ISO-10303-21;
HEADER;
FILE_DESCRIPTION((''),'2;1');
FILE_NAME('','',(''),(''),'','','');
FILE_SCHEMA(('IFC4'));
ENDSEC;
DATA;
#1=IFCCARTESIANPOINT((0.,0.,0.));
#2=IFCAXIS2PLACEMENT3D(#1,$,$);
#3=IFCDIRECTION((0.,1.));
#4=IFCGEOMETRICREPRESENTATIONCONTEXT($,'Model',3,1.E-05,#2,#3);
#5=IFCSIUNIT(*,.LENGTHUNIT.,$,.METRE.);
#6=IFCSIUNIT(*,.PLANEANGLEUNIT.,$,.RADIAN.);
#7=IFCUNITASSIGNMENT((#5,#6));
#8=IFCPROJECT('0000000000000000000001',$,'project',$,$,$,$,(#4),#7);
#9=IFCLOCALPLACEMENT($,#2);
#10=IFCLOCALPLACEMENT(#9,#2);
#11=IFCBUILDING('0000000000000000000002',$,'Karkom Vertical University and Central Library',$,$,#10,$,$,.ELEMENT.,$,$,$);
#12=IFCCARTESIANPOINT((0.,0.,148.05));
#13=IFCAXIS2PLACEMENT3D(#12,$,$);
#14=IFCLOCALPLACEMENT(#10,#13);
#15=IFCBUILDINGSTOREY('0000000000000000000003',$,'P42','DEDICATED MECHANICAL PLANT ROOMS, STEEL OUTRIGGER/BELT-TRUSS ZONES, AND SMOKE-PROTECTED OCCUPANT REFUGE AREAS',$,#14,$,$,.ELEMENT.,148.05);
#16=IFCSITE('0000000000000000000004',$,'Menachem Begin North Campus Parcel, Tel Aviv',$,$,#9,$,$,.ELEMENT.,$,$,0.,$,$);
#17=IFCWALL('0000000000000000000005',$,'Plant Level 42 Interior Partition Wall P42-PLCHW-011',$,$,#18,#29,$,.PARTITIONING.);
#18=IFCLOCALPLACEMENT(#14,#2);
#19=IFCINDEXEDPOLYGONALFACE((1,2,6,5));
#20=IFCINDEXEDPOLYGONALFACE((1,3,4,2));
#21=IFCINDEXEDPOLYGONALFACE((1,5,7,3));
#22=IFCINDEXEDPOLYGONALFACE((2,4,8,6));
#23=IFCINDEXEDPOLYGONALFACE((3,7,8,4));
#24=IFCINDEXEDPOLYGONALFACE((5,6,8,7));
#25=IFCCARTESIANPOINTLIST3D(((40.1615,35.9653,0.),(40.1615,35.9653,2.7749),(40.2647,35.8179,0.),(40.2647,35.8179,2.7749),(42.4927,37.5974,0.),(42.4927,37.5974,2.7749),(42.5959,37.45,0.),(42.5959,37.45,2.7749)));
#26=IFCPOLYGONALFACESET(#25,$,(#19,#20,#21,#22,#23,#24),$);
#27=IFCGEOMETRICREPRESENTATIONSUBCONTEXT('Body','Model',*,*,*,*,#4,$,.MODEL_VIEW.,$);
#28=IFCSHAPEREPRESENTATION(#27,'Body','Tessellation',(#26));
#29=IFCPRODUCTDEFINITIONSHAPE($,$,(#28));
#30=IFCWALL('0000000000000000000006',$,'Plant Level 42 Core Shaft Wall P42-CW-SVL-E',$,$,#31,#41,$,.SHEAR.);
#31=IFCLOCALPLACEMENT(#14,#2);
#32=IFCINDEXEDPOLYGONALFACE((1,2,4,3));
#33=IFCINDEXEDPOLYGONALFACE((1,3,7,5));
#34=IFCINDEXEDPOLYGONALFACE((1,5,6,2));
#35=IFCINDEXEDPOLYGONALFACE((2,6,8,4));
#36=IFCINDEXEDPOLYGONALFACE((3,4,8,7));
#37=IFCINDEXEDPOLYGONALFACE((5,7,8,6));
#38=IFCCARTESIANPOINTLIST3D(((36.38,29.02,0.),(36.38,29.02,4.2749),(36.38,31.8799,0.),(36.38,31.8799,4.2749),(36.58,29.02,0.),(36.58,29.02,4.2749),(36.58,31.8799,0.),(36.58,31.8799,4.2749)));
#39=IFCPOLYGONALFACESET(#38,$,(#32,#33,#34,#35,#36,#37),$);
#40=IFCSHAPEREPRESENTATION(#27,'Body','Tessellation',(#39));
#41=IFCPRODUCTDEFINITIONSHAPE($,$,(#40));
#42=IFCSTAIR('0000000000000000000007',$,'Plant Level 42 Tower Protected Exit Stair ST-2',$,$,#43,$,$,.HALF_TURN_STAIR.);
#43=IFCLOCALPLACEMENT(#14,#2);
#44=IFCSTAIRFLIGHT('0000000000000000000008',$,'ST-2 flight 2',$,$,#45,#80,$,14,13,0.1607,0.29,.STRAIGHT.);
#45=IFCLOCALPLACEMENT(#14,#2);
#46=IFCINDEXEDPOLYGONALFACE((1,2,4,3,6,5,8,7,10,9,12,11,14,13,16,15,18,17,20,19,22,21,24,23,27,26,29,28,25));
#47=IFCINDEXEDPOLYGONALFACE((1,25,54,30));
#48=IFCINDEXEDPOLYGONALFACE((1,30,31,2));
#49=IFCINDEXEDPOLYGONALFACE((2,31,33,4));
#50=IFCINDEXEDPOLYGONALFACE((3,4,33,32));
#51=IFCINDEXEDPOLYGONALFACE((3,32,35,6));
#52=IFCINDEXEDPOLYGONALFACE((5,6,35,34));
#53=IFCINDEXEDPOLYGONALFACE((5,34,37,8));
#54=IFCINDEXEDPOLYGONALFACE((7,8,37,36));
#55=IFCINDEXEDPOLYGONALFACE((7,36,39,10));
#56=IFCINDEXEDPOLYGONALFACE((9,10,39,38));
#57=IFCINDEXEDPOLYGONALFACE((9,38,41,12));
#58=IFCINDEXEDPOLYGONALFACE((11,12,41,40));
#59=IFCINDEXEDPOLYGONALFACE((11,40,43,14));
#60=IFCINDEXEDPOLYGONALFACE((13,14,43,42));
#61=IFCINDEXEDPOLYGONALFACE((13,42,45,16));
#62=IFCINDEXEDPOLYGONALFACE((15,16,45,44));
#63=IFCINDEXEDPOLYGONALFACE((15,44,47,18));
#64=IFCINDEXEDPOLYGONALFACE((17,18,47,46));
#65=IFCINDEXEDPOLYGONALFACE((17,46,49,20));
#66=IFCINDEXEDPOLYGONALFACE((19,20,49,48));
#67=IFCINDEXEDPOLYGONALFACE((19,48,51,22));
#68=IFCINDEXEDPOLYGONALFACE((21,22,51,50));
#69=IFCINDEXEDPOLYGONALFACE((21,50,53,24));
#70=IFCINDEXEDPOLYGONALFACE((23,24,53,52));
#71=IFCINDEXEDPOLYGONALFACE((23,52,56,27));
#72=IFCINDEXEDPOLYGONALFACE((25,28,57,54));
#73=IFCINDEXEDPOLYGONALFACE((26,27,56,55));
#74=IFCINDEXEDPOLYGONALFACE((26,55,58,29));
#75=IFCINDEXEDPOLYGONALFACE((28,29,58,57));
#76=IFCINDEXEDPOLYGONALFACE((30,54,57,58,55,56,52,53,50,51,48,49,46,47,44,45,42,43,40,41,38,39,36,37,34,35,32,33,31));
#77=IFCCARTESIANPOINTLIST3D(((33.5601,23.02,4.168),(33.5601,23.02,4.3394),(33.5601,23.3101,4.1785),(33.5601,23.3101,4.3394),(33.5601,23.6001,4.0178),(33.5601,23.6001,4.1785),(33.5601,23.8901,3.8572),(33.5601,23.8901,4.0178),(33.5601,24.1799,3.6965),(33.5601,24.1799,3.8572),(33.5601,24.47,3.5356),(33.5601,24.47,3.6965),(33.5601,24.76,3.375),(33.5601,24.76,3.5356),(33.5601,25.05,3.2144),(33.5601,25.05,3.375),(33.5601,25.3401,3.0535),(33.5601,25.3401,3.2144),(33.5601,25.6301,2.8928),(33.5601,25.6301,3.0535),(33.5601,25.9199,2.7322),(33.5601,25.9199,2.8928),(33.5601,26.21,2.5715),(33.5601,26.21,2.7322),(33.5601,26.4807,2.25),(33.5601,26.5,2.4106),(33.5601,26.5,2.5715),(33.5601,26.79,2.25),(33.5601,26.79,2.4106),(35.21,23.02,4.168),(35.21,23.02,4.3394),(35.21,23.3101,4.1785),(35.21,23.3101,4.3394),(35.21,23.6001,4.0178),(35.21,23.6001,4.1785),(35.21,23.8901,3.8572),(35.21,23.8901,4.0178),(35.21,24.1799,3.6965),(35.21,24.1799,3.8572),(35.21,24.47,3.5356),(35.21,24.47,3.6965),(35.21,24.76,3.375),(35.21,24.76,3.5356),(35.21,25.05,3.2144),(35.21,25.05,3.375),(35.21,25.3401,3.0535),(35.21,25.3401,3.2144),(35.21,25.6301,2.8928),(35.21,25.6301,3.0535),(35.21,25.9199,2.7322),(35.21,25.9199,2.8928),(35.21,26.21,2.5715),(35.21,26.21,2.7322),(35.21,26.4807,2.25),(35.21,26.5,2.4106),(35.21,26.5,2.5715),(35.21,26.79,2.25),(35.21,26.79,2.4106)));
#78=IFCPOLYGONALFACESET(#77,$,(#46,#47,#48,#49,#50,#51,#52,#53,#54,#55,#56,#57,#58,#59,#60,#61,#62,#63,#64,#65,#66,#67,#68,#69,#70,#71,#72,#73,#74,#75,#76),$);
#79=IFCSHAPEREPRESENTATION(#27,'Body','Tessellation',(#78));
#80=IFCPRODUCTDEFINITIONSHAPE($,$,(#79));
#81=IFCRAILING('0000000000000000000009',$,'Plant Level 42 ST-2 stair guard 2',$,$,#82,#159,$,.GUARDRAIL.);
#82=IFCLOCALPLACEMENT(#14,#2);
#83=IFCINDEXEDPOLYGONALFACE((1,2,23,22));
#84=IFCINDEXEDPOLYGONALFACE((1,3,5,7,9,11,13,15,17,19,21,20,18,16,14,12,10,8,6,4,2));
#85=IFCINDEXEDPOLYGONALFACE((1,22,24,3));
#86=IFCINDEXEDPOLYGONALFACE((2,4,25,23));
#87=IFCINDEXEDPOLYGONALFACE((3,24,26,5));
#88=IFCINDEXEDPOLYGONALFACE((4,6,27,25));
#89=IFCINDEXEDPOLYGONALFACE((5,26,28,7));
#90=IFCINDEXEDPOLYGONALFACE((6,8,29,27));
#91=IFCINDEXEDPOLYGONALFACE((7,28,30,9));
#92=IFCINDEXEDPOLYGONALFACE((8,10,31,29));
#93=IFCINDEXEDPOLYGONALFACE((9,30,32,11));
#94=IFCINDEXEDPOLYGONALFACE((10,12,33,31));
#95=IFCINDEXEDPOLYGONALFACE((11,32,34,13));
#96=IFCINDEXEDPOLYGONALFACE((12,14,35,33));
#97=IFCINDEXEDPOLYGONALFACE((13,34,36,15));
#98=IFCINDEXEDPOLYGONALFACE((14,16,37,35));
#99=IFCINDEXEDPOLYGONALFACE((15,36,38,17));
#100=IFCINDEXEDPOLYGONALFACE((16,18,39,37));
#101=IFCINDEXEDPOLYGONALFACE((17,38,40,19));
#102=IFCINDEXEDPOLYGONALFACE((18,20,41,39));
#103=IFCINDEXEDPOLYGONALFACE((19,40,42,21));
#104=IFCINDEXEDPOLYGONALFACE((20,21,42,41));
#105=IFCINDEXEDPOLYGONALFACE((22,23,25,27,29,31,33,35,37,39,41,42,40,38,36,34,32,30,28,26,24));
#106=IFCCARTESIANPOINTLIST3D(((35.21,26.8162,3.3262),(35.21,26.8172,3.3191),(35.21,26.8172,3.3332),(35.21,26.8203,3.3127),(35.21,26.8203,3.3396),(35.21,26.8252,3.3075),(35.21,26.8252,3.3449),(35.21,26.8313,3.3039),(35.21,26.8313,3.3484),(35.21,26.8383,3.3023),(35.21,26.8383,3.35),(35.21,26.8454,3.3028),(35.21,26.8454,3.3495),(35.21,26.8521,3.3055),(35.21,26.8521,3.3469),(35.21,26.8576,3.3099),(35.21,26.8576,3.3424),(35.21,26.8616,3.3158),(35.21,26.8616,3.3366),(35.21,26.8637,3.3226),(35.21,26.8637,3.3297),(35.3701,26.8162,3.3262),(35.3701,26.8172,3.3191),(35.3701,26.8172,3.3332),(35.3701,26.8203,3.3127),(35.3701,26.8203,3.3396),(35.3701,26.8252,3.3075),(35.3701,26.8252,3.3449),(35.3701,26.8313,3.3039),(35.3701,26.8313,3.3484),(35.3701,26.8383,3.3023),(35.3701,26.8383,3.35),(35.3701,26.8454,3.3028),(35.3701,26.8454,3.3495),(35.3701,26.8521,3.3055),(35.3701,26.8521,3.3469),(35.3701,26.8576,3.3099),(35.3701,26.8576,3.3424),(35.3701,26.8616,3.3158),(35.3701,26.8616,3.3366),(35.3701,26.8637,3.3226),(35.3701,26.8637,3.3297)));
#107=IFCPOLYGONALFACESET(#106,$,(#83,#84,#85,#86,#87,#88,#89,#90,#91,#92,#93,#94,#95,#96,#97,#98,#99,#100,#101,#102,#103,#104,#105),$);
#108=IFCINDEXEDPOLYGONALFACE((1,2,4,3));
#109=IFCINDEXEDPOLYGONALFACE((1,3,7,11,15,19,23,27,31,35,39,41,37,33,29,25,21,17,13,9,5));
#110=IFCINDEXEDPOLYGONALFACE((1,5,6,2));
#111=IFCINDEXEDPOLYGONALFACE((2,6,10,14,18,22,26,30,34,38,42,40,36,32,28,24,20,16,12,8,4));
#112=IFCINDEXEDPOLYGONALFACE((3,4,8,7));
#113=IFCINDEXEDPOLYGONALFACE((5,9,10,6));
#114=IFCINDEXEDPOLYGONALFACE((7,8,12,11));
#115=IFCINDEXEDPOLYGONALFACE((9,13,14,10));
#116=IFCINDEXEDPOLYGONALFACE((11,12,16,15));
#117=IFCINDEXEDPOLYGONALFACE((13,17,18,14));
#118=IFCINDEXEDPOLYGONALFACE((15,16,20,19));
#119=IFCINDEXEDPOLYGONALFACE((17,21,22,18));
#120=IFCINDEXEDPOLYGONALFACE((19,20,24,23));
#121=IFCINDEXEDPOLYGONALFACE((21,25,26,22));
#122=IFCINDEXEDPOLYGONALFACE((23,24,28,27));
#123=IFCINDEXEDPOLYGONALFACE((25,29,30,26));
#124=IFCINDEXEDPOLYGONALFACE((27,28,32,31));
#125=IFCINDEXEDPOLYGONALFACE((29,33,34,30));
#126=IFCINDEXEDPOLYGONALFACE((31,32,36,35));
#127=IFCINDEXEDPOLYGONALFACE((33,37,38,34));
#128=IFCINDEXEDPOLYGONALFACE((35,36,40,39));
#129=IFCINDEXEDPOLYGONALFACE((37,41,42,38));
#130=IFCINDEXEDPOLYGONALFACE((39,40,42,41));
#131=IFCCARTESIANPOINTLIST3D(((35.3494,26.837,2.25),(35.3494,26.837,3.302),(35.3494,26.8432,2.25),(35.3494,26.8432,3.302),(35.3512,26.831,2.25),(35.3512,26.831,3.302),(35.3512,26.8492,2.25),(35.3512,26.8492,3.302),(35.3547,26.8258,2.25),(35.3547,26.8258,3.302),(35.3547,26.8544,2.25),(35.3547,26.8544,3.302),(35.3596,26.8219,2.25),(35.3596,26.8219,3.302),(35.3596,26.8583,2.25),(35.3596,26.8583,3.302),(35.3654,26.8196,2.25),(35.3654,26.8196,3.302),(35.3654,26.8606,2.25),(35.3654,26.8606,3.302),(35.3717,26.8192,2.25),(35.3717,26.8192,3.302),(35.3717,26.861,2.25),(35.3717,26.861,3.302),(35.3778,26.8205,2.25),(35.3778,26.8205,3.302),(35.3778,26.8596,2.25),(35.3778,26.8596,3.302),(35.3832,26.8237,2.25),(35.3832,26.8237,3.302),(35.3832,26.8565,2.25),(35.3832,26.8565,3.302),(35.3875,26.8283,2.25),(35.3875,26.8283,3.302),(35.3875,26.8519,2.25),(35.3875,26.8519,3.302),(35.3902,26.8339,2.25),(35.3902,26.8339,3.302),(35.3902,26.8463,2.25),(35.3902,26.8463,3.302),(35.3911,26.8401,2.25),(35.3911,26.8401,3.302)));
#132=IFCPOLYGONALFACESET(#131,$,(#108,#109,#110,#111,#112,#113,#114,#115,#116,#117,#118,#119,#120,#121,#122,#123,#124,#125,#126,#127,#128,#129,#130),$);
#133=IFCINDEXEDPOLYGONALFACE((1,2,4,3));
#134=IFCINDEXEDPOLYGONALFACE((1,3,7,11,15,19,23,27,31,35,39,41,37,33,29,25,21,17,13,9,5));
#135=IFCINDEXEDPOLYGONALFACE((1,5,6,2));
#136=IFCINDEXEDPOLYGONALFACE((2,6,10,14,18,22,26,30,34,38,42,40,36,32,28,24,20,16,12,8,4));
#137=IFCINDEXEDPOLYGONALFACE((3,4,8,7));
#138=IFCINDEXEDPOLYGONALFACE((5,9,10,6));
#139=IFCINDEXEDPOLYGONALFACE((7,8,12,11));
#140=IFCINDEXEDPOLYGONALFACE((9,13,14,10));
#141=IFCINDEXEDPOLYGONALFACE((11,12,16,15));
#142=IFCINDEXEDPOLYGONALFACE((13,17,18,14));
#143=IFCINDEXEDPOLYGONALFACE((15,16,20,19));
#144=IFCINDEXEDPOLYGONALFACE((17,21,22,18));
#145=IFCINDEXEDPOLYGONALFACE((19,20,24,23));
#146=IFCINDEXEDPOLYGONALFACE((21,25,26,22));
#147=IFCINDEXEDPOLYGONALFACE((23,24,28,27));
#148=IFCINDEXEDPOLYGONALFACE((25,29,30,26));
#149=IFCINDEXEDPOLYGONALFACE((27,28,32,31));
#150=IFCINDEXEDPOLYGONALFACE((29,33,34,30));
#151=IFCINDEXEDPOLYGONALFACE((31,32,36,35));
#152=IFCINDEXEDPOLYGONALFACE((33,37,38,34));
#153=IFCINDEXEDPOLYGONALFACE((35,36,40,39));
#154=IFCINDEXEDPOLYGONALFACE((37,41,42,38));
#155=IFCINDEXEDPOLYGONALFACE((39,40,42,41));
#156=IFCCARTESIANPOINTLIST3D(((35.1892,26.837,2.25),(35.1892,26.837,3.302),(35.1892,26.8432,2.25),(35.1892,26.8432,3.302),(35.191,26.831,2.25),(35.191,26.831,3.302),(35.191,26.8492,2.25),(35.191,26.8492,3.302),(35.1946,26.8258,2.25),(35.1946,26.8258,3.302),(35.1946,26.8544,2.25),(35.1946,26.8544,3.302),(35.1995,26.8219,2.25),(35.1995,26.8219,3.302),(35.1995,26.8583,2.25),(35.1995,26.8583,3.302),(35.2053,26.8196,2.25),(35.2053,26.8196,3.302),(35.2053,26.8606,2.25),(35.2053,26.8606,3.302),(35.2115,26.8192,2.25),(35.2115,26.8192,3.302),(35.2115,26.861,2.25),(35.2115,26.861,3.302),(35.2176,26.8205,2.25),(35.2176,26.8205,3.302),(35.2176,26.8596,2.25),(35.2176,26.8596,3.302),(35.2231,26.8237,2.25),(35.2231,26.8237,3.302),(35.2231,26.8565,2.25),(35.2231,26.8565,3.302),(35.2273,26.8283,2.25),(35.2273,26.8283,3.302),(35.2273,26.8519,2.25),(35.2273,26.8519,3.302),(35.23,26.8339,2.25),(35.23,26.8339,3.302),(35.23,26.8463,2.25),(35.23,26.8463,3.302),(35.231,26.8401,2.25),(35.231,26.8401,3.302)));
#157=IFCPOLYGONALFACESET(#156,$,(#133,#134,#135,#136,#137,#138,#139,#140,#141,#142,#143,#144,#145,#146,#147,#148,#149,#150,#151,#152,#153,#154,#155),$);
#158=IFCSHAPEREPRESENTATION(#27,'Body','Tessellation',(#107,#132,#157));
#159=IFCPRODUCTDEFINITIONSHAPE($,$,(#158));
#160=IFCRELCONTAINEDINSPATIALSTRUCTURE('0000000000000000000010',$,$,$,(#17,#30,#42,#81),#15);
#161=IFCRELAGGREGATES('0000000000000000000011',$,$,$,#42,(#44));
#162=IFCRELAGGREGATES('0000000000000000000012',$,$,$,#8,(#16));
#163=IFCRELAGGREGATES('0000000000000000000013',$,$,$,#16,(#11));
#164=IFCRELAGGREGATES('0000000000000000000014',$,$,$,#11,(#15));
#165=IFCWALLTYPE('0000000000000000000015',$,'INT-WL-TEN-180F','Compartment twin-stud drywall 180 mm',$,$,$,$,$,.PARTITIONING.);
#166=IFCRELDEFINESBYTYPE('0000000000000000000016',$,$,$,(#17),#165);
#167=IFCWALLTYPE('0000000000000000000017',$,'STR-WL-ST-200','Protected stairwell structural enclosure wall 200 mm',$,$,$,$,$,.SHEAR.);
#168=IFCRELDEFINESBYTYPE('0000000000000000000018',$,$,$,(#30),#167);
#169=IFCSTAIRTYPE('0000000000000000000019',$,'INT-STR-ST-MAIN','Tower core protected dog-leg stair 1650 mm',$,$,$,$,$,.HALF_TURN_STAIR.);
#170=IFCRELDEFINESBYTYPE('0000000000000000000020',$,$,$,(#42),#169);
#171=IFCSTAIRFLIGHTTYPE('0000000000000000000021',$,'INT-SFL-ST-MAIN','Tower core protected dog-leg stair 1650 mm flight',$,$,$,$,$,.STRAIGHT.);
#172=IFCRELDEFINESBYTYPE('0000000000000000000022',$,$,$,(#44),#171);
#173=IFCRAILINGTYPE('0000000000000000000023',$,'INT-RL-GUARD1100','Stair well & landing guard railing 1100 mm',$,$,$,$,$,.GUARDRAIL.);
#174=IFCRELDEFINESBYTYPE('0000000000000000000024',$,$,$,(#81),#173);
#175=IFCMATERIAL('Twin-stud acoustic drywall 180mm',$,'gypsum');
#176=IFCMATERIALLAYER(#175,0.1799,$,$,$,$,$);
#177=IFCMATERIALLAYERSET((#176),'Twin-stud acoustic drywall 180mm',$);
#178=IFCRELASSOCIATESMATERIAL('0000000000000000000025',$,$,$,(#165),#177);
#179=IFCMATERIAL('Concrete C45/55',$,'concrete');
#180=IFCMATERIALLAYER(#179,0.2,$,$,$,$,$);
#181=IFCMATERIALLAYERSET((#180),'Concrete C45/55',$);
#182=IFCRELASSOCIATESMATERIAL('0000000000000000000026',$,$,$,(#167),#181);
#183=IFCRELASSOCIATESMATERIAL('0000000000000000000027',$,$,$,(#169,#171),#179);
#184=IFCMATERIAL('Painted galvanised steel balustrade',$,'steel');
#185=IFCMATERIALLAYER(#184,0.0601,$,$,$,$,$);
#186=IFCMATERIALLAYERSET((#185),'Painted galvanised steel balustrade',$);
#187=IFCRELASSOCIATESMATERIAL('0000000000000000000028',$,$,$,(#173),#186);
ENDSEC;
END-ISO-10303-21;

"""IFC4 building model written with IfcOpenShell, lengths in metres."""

from ifc_helpers import new_model, si_unit, direction, frame, frame_2d, origin, origin_2d, place, context, subcontext, project, spatial, polyline, rectangle, circle, outline, extrude, material, layer, layer_set, type_object, element, aggregate, save


model = new_model("IFC4")

# Units and contexts
model_context = context("Model", 3, precision=1e-05, world=origin(), true_north=direction((0.0, 1.0)))
body_context = subcontext(model_context, "Body", "Model", "MODEL_VIEW")
ifc_project = project(units=[si_unit("LENGTHUNIT", "METRE"), si_unit("PLANEANGLEUNIT", "RADIAN")], contexts=[model_context])

# Site, building, storey
site_placement = place(None, origin())
site = spatial("IfcSite", under=ifc_project, at=site_placement, Name="Menachem Begin North Campus Parcel, Tel Aviv", CompositionType="ELEMENT", RefElevation=0.0)
building_placement = place(site_placement, origin())
building = spatial("IfcBuilding", under=site, at=building_placement, Name="Karkom Vertical University and Central Library", CompositionType="ELEMENT")
storey_placement = place(building_placement, frame((0.0, 0.0, 148.05)))
storey = spatial("IfcBuildingStorey", under=building, at=storey_placement, Name="P42", Description="DEDICATED MECHANICAL PLANT ROOMS, STEEL OUTRIGGER/BELT-TRUSS ZONES, AND SMOKE-PROTECTED OCCUPANT REFUGE AREAS", CompositionType="ELEMENT", Elevation=148.05)

# Wall
ifc_material_1 = material(Name="Twin-stud acoustic drywall 180mm", Category="gypsum")
ifc_layer_1 = layer(ifc_material_1, 0.1799)
ifc_layer_set_1 = layer_set([ifc_layer_1], Name="Twin-stud acoustic drywall 180mm")
wall_type_1 = type_object("IfcWallType", Name="INT-WL-TEN-180F", Description="Compartment twin-stud drywall 180 mm", PredefinedType="PARTITIONING", material=ifc_layer_set_1)
wall_1_placement = place(storey_placement, frame((40.2131, 35.8916, 0.0), z_axis=(0.0, 0.0, 1.0), x_axis=(0.819175, 0.573543, 0.0)))
element("IfcWall", 1, at=wall_1_placement, inside=storey, type_object=wall_type_1, Name="Plant Level 42 Interior Partition Wall P42-PLCHW-011", PredefinedType="PARTITIONING", context=body_context, shape_type="SweptSolid", body=[
    extrude(rectangle(XDim=2.8457, YDim=0.1799, at=frame_2d((1.4229, 0.0))), origin(), (0.0, 0.0, 1.0), 2.7749),
])

# Wall
ifc_material_2 = material(Name="Concrete C45/55", Category="concrete")
ifc_layer_2 = layer(ifc_material_2, 0.2)
ifc_layer_set_2 = layer_set([ifc_layer_2], Name="Concrete C45/55")
wall_type_2 = type_object("IfcWallType", Name="STR-WL-ST-200", Description="Protected stairwell structural enclosure wall 200 mm", PredefinedType="SHEAR", material=ifc_layer_set_2)
wall_2_placement = place(storey_placement, frame((36.48, 29.02, 0.0), z_axis=(0.0, 0.0, 1.0), x_axis=(0.0, 1.0, 0.0)))
element("IfcWall", 2, at=wall_2_placement, inside=storey, type_object=wall_type_2, Name="Plant Level 42 Core Shaft Wall P42-CW-SVL-E", PredefinedType="SHEAR", context=body_context, shape_type="SweptSolid", body=[
    extrude(rectangle(XDim=2.8599, YDim=0.2, at=frame_2d((1.4299, 0.0))), origin(), (0.0, 0.0, 1.0), 4.2749),
])

# Stair, stair flight
stair_type = type_object("IfcStairType", Name="INT-STR-ST-MAIN", Description="Tower core protected dog-leg stair 1650 mm", PredefinedType="HALF_TURN_STAIR", material=ifc_material_2)
stair_placement = place(storey_placement, origin())
stair = element("IfcStair", 3, at=stair_placement, inside=storey, type_object=stair_type, Name="Plant Level 42 Tower Protected Exit Stair ST-2", PredefinedType="HALF_TURN_STAIR")
stair_flight_type = type_object("IfcStairFlightType", Name="INT-SFL-ST-MAIN", Description="Tower core protected dog-leg stair 1650 mm flight", PredefinedType="STRAIGHT", material=ifc_material_2)
stair_flight_placement = place(storey_placement, frame((34.385, 26.79, 2.25), z_axis=(0.0, 0.0, 1.0), x_axis=(0.0, -1.0, 0.0)))
stair_flight = element("IfcStairFlight", 4, at=stair_flight_placement, type_object=stair_flight_type, Name="ST-2 flight 2", NumberOfRisers=14, NumberOfTreads=13, PredefinedType="STRAIGHT", RiserHeight=0.1607, TreadLength=0.29, context=body_context, shape_type="SweptSolid", body=[
    extrude(outline(polyline([(0.0, 0.0), (0.0, 0.1606), (0.29, 0.1606), (0.29, 0.3215), (0.5801, 0.3215), (0.5801, 0.4822), (0.8701, 0.4822), (0.8701, 0.6428), (1.1599, 0.6428), (1.1599, 0.8035), (1.45, 0.8035), (1.45, 0.9644), (1.74, 0.9644), (1.74, 1.125), (2.03, 1.125), (2.03, 1.2856), (2.3201, 1.2856), (2.3201, 1.4465), (2.6101, 1.4465), (2.6101, 1.6072), (2.8999, 1.6072), (2.8999, 1.7678), (3.1899, 1.7678), (3.1899, 1.9285), (3.48, 1.9285), (3.48, 2.0894), (3.77, 2.0894), (3.77, 2.25), (3.77, 1.918), (0.3093, 0.0), (0.0, 0.0)])), frame((0.0, 0.825, 0.0), z_axis=(0.0, -1.0, 0.0), x_axis=(1.0, 0.0, 0.0)), (0.0, 0.0, 1.0), 1.6499),
])
aggregate(stair, [stair_flight])

# Railing
ifc_material_3 = material(Name="Painted galvanised steel balustrade", Category="steel")
ifc_layer_3 = layer(ifc_material_3, 0.0601)
ifc_layer_set_3 = layer_set([ifc_layer_3], Name="Painted galvanised steel balustrade")
railing_type = type_object("IfcRailingType", Name="INT-RL-GUARD1100", Description="Stair well & landing guard railing 1100 mm", PredefinedType="GUARDRAIL", material=ifc_layer_set_3)
railing_1_placement = place(storey_placement, frame((35.3701, 26.8401, 2.25)))
element("IfcRailing", 5, at=railing_1_placement, inside=storey, type_object=railing_type, Name="Plant Level 42 ST-2 stair guard 2", PredefinedType="GUARDRAIL", context=body_context, shape_type="SweptSolid", body=[
    extrude(circle(Radius=0.0239, at=origin_2d()), frame((0.0, 0.0, 1.0762), z_axis=(-1.0, 0.0, 0.0), x_axis=(0.0, -1.0, 0.0)), (0.0, 0.0, 1.0), 0.1602),
    extrude(circle(Radius=0.021, at=origin_2d()), origin(), (0.0, 0.0, 1.0), 1.052),
    extrude(circle(Radius=0.021, at=origin_2d()), frame((-0.1602, 0.0, 0.0)), (0.0, 0.0, 1.0), 1.052),
])

save(model, "model.ifc")
